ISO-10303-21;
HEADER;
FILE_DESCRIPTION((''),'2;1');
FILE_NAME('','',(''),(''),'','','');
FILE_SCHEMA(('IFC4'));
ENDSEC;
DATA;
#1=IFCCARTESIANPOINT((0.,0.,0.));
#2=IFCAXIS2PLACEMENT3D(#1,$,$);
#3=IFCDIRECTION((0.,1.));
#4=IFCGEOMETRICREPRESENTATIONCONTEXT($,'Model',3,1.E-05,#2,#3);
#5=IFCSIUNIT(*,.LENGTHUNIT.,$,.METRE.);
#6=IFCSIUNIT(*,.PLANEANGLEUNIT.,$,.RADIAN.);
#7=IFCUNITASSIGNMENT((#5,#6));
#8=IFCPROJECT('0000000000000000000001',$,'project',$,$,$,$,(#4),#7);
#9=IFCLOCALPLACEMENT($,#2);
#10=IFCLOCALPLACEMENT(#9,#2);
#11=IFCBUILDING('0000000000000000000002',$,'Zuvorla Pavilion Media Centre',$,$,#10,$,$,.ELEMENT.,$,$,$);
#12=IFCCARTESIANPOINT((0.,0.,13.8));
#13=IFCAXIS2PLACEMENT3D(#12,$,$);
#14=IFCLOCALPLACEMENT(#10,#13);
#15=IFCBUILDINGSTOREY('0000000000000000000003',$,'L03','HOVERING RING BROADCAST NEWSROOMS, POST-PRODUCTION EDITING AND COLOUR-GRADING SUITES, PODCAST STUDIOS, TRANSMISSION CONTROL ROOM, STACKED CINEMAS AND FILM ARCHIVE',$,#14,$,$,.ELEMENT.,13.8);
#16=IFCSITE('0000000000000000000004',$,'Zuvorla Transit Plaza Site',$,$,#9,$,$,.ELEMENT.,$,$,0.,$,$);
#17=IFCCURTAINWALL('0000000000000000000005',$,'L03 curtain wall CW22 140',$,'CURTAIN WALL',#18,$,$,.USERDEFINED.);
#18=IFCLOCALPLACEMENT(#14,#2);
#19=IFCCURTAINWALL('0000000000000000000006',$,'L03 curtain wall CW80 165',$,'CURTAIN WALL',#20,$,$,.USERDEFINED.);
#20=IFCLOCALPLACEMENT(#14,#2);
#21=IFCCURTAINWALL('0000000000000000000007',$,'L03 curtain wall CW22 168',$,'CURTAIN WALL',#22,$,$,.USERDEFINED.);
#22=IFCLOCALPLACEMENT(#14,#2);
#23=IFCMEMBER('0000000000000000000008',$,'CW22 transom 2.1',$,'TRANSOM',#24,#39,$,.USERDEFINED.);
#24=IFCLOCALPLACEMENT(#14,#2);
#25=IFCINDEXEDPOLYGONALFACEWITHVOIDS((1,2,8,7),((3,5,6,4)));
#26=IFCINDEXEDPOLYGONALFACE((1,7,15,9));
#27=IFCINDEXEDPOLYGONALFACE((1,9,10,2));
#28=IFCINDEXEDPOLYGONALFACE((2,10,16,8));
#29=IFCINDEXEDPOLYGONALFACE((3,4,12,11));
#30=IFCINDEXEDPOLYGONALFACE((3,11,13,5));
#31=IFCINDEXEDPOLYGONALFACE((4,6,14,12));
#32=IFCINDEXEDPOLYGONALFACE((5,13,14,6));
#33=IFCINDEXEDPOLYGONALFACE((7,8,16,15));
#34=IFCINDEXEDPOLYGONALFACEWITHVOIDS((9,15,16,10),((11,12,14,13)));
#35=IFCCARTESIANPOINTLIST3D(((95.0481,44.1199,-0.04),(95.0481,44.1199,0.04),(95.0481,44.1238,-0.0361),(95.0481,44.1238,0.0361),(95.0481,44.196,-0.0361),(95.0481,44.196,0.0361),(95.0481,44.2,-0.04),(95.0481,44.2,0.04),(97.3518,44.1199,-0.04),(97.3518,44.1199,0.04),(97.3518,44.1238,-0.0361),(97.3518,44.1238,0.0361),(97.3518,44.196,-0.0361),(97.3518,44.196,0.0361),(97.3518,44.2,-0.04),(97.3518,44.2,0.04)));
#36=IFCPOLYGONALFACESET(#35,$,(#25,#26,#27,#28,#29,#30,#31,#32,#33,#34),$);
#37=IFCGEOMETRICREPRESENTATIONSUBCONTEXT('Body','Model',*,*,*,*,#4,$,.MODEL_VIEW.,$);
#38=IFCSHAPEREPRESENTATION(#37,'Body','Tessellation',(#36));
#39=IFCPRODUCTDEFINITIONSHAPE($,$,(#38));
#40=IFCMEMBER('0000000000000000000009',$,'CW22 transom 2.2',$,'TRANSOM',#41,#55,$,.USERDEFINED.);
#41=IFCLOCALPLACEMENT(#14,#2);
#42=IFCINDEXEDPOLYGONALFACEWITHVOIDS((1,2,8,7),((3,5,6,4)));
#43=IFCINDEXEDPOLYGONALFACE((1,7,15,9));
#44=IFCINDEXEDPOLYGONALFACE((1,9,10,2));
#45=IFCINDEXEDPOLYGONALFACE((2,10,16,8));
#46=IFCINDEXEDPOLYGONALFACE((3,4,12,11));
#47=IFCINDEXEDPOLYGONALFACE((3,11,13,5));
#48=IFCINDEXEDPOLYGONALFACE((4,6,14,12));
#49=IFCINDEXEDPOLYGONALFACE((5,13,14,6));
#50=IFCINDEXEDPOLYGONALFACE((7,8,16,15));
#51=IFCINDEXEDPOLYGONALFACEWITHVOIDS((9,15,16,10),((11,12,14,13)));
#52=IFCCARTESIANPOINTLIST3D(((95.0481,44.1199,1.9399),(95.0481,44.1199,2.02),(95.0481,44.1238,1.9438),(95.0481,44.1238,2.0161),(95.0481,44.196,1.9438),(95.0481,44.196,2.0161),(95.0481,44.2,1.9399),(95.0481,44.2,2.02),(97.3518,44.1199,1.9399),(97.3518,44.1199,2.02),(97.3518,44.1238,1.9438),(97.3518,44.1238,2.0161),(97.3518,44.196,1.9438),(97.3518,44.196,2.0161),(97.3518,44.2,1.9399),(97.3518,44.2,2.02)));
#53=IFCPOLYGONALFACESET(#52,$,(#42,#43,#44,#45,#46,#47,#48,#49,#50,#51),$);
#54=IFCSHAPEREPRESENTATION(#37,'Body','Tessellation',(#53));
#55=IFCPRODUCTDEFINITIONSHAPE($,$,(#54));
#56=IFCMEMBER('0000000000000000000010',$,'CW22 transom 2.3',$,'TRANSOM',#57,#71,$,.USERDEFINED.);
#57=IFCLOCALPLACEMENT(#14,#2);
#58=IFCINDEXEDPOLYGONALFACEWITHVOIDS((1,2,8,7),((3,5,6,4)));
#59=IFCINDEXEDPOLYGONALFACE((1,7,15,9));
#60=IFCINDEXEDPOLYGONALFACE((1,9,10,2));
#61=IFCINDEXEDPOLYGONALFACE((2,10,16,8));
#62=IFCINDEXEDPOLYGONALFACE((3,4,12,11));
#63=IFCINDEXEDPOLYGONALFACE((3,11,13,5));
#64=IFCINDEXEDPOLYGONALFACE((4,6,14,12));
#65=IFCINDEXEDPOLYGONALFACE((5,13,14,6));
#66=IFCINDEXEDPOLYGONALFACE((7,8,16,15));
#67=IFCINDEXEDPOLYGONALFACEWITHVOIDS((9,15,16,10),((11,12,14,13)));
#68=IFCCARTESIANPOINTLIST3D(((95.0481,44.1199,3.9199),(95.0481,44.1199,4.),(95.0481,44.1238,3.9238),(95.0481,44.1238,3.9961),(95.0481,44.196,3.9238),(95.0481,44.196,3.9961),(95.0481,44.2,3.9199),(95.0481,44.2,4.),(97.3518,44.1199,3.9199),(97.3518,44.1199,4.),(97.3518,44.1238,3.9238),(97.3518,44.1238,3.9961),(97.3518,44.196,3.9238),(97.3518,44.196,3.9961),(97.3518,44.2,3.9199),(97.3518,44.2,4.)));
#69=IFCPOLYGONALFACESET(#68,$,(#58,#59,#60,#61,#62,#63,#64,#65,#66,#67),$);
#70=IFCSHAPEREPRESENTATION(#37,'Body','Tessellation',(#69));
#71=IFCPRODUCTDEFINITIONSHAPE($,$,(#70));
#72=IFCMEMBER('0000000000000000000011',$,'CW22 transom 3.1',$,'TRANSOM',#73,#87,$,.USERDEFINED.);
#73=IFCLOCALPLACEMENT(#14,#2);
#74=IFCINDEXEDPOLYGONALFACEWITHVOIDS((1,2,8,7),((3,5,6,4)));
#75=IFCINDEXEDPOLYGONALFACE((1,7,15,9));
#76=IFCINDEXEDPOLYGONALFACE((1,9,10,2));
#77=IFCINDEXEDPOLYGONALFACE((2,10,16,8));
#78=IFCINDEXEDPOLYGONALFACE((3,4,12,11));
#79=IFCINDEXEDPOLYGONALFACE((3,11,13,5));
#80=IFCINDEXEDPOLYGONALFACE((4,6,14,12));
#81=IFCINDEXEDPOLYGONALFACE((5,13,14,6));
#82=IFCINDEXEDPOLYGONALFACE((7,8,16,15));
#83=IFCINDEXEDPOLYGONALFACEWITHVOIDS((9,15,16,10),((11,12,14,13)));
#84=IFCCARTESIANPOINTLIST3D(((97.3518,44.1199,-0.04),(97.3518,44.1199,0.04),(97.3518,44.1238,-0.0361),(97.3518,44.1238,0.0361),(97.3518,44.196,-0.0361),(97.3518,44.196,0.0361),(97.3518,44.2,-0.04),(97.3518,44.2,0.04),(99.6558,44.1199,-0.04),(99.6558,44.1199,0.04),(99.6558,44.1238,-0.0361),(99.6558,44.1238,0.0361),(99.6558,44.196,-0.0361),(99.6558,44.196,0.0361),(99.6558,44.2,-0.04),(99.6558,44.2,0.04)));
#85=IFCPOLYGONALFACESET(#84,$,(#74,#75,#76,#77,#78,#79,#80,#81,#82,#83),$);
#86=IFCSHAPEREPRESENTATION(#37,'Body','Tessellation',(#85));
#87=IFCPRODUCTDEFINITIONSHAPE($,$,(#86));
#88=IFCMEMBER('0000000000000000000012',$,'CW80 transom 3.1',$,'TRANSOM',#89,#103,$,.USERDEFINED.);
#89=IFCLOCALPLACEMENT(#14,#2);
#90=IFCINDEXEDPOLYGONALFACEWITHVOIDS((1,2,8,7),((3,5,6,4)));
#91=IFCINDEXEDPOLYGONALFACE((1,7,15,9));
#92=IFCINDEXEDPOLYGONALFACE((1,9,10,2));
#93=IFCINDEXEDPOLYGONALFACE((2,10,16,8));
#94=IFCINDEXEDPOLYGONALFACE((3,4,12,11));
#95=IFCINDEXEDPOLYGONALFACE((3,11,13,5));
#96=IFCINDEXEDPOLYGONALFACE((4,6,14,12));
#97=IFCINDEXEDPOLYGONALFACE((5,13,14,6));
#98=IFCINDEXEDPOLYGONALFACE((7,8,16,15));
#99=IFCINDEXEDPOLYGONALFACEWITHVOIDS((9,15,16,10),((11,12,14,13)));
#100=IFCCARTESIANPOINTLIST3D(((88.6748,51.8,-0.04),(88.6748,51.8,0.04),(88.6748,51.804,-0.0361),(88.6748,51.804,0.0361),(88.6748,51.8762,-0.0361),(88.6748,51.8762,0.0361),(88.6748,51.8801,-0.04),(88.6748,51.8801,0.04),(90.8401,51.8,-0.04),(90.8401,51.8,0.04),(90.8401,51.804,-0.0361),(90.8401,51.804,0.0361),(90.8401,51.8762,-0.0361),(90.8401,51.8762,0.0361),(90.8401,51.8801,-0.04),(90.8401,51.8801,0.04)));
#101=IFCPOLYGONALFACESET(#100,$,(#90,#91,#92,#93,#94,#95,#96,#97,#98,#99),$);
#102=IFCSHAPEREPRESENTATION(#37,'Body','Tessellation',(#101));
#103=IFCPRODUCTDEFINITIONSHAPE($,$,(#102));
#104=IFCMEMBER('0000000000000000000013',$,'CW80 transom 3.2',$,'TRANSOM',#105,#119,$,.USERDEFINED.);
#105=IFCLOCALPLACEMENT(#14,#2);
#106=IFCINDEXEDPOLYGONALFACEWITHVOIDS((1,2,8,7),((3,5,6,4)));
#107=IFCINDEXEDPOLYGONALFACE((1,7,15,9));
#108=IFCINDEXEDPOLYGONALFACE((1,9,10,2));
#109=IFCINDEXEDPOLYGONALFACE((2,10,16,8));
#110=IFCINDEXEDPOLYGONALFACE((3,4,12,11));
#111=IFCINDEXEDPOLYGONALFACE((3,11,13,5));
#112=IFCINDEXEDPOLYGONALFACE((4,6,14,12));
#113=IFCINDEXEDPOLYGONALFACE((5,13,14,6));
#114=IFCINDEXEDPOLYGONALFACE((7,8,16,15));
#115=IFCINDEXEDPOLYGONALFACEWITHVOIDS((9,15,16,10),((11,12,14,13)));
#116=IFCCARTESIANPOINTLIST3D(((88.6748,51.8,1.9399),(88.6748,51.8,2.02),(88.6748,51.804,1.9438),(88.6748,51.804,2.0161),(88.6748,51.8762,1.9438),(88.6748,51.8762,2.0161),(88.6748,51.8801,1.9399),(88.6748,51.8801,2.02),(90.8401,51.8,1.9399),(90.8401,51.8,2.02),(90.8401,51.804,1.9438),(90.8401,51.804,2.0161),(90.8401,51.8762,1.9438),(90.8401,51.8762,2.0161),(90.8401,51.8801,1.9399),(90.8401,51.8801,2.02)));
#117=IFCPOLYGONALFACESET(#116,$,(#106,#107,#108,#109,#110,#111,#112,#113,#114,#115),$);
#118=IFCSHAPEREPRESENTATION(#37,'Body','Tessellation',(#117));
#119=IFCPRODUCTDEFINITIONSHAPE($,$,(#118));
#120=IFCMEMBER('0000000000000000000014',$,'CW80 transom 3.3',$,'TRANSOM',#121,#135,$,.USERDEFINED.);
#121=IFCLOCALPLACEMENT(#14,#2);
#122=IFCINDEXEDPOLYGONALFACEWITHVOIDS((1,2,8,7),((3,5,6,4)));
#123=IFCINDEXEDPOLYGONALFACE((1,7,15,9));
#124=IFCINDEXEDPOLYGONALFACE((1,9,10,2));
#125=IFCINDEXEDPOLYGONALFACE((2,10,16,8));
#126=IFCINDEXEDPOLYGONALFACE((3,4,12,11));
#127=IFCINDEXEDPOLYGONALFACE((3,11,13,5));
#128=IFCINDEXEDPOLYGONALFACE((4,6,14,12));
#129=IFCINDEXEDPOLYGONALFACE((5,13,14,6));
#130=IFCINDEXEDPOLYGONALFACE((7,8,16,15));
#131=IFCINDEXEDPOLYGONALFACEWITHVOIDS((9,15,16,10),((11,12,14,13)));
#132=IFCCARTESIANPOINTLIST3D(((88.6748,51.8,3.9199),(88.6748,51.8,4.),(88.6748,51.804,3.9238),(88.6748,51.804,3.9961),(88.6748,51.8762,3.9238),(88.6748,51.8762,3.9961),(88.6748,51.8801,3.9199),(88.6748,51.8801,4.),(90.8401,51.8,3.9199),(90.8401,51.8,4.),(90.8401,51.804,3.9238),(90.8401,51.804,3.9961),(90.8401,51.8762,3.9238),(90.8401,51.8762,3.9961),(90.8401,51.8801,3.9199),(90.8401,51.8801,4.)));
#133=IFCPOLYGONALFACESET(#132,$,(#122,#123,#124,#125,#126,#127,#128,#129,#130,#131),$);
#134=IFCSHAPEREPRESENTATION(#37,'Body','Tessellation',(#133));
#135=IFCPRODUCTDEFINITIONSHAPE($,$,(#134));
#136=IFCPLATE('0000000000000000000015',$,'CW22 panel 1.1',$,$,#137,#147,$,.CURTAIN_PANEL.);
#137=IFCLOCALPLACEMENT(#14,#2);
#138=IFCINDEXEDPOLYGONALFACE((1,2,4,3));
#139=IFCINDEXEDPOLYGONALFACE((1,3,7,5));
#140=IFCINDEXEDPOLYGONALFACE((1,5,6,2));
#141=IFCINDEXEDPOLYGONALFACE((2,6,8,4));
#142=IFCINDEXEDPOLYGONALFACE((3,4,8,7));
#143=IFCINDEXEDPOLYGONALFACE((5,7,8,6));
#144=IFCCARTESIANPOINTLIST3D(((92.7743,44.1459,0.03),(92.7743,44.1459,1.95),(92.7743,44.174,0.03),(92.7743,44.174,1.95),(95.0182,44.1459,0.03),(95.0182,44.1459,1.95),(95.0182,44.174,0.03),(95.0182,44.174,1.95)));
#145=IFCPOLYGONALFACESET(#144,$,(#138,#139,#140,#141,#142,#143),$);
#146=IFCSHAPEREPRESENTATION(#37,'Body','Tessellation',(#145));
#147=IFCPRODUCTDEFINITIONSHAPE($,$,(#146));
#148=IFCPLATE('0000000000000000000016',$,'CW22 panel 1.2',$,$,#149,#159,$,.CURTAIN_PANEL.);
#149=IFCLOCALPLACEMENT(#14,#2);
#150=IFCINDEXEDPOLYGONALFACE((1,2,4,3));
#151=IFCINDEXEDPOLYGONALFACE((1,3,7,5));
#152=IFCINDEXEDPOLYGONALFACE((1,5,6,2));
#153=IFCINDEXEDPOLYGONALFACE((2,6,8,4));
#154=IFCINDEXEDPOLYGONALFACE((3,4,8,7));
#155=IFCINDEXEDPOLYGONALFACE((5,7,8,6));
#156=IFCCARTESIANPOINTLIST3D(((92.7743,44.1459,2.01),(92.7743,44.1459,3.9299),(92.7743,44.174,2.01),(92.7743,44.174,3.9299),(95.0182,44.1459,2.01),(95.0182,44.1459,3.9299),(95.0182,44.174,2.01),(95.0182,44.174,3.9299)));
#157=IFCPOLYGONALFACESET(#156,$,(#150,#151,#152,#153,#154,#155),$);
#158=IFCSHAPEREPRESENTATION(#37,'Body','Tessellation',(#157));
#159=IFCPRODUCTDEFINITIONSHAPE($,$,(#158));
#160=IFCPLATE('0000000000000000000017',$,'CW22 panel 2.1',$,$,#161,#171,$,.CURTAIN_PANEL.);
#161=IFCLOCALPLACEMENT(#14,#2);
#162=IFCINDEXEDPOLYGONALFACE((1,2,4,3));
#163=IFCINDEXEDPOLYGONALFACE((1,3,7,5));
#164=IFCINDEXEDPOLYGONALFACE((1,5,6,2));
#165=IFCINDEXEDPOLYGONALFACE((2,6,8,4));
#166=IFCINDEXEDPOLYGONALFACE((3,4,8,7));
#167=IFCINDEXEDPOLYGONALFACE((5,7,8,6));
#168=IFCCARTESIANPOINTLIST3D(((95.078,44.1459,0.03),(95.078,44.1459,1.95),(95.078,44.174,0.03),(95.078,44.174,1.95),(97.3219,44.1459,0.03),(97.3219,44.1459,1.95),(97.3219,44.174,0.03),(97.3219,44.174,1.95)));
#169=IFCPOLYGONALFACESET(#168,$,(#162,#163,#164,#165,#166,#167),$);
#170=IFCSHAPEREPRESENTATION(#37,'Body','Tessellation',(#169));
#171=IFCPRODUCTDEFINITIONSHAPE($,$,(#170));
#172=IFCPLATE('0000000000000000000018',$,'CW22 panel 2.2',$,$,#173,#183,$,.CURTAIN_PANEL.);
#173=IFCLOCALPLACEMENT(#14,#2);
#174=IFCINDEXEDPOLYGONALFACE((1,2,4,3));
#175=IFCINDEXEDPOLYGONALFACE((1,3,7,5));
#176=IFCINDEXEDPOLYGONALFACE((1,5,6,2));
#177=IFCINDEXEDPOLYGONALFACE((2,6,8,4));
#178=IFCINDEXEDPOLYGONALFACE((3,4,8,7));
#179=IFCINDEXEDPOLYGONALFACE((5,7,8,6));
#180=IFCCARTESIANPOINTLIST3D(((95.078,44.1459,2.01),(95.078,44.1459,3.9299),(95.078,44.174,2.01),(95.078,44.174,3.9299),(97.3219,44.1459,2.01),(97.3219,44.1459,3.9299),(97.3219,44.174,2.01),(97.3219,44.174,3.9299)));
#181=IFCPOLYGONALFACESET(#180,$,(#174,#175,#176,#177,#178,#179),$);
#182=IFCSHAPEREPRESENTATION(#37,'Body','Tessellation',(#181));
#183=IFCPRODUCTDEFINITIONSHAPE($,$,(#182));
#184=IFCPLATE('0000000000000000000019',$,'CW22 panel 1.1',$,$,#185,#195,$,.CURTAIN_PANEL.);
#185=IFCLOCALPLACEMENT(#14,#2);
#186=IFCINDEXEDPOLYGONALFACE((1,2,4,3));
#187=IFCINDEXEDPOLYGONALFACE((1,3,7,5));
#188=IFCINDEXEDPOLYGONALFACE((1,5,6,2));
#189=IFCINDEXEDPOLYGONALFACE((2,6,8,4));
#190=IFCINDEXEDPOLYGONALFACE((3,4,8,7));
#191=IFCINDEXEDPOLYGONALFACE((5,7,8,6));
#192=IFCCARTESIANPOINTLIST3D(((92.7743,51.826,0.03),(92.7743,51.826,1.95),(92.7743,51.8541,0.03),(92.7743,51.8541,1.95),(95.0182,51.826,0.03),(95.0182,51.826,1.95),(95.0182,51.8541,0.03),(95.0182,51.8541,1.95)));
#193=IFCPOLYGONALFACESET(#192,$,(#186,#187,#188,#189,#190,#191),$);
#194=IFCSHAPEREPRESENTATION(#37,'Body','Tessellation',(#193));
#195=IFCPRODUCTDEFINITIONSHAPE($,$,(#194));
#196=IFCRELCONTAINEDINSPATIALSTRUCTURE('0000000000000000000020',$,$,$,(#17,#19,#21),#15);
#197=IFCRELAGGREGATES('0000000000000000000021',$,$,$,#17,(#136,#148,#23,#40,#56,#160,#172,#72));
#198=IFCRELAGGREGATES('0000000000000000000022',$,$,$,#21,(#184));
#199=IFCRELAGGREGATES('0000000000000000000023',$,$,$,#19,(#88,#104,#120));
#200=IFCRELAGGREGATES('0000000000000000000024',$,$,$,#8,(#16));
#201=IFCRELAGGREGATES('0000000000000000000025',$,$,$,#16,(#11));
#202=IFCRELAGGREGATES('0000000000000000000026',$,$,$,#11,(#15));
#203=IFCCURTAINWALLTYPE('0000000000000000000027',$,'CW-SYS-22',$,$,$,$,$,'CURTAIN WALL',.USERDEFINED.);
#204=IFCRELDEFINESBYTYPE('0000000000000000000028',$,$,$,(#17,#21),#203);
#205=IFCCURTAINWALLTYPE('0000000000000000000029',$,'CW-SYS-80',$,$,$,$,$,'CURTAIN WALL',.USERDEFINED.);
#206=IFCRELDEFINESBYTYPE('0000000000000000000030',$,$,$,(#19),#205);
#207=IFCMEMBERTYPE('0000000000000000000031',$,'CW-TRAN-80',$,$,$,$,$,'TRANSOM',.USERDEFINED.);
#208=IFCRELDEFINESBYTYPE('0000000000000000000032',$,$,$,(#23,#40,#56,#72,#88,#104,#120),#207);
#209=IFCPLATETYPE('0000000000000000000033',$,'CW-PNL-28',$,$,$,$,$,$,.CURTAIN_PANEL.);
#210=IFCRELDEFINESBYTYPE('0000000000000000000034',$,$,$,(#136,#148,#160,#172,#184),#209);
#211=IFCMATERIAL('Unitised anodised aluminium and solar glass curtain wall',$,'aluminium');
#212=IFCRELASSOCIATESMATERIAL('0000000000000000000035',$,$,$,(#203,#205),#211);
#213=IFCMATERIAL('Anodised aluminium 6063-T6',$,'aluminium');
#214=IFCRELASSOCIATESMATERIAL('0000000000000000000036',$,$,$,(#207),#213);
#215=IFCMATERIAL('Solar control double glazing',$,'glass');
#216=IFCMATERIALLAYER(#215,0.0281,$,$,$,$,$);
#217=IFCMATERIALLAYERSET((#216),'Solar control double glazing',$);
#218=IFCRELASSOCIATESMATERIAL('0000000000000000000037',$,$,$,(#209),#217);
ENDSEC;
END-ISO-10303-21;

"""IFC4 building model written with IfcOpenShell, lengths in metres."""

from ifc_helpers import new_model, si_unit, direction, frame, origin, origin_2d, place, context, subcontext, project, spatial, rectangle, hollow_rectangle, extrude, material, layer, layer_set, material_profile, profile_set, type_object, element, aggregate, save


model = new_model("IFC4")

# Units and contexts
model_context = context("Model", 3, precision=1e-05, world=origin(), true_north=direction((0.0, 1.0)))
body_context = subcontext(model_context, "Body", "Model", "MODEL_VIEW")
ifc_project = project(units=[si_unit("LENGTHUNIT", "METRE"), si_unit("PLANEANGLEUNIT", "RADIAN")], contexts=[model_context])

# Site, building, storey
site_placement = place(None, origin())
site = spatial("IfcSite", under=ifc_project, at=site_placement, Name="Zuvorla Transit Plaza Site", CompositionType="ELEMENT", RefElevation=0.0)
building_placement = place(site_placement, origin())
building = spatial("IfcBuilding", under=site, at=building_placement, Name="Zuvorla Pavilion Media Centre", CompositionType="ELEMENT")
storey_placement = place(building_placement, frame((0.0, 0.0, 13.8)))
storey = spatial("IfcBuildingStorey", under=building, at=storey_placement, Name="L03", Description="HOVERING RING BROADCAST NEWSROOMS, POST-PRODUCTION EDITING AND COLOUR-GRADING SUITES, PODCAST STUDIOS, TRANSMISSION CONTROL ROOM, STACKED CINEMAS AND FILM ARCHIVE", CompositionType="ELEMENT", Elevation=13.8)

# Curtain walls
ifc_material_1 = material(Name="Unitised anodised aluminium and solar glass curtain wall", Category="aluminium")
curtain_wall_type_1 = type_object("IfcCurtainWallType", Name="CW-SYS-22", ElementType="CURTAIN WALL", PredefinedType="USERDEFINED", material=ifc_material_1)
curtain_wall_1_placement = place(storey_placement, origin())
curtain_wall_1 = element("IfcCurtainWall", 1, at=curtain_wall_1_placement, inside=storey, type_object=curtain_wall_type_1, Name="L03 curtain wall CW22 140", ObjectType="CURTAIN WALL", PredefinedType="USERDEFINED")
ifc_material_2 = material(Name="Anodised aluminium 6063-T6", Category="aluminium")
curtain_wall_type_2 = type_object("IfcCurtainWallType", Name="CW-SYS-80", ElementType="CURTAIN WALL", PredefinedType="USERDEFINED", material=ifc_material_1)
curtain_wall_2_placement = place(storey_placement, origin())
curtain_wall_2 = element("IfcCurtainWall", 2, at=curtain_wall_2_placement, inside=storey, type_object=curtain_wall_type_2, Name="L03 curtain wall CW80 165", ObjectType="CURTAIN WALL", PredefinedType="USERDEFINED")
curtain_wall_3_placement = place(storey_placement, origin())
curtain_wall_3 = element("IfcCurtainWall", 3, at=curtain_wall_3_placement, inside=storey, type_object=curtain_wall_type_1, Name="L03 curtain wall CW22 168", ObjectType="CURTAIN WALL", PredefinedType="USERDEFINED")

# Members
ifc_material_profile_1 = material_profile(ifc_material_2, hollow_rectangle(XDim=0.0801, YDim=0.0801, WallThickness=0.0039, at=origin_2d()), Name="ALU TRAN 80x80")
ifc_profile_set_1 = profile_set([ifc_material_profile_1], Name="Anodised aluminium 6063-T6")
member_type_1 = type_object("IfcMemberType", Name="CW-TRAN-80", ElementType="TRANSOM", PredefinedType="USERDEFINED", material=ifc_profile_set_1)
member_1_placement = place(storey_placement, frame((95.0481, 44.1599, 0.0), z_axis=(1.0, 0.0, 0.0), x_axis=(0.0, 1.0, 0.0)))
member_1 = element("IfcMember", 4, at=member_1_placement, type_object=member_type_1, Name="CW22 transom 2.1", ObjectType="TRANSOM", PredefinedType="USERDEFINED", context=body_context, shape_type="SweptSolid", body=[
    extrude(hollow_rectangle(XDim=0.0801, YDim=0.0801, WallThickness=0.0039, at=origin_2d()), origin(), (0.0, 0.0, 1.0), 2.3037),
])
member_2_placement = place(storey_placement, frame((95.0481, 44.1599, 1.98), z_axis=(1.0, 0.0, 0.0), x_axis=(0.0, 1.0, 0.0)))
member_2 = element("IfcMember", 5, at=member_2_placement, type_object=member_type_1, Name="CW22 transom 2.2", ObjectType="TRANSOM", PredefinedType="USERDEFINED", context=body_context, shape_type="SweptSolid", body=[
    extrude(hollow_rectangle(XDim=0.0801, YDim=0.0801, WallThickness=0.0039, at=origin_2d()), origin(), (0.0, 0.0, 1.0), 2.3037),
])
member_3_placement = place(storey_placement, frame((95.0481, 44.1599, 3.96), z_axis=(1.0, 0.0, 0.0), x_axis=(0.0, 1.0, 0.0)))
member_3 = element("IfcMember", 6, at=member_3_placement, type_object=member_type_1, Name="CW22 transom 2.3", ObjectType="TRANSOM", PredefinedType="USERDEFINED", context=body_context, shape_type="SweptSolid", body=[
    extrude(hollow_rectangle(XDim=0.0801, YDim=0.0801, WallThickness=0.0039, at=origin_2d()), origin(), (0.0, 0.0, 1.0), 2.3037),
])
member_4_placement = place(storey_placement, frame((97.3518, 44.1599, 0.0), z_axis=(1.0, 0.0, 0.0), x_axis=(0.0, 1.0, 0.0)))
member_4 = element("IfcMember", 7, at=member_4_placement, type_object=member_type_1, Name="CW22 transom 3.1", ObjectType="TRANSOM", PredefinedType="USERDEFINED", context=body_context, shape_type="SweptSolid", body=[
    extrude(hollow_rectangle(XDim=0.0801, YDim=0.0801, WallThickness=0.0039, at=origin_2d()), origin(), (0.0, 0.0, 1.0), 2.304),
])
member_5_placement = place(storey_placement, frame((88.6748, 51.8401, 0.0), z_axis=(1.0, 0.0, 0.0), x_axis=(0.0, 1.0, 0.0)))
member_5 = element("IfcMember", 8, at=member_5_placement, type_object=member_type_1, Name="CW80 transom 3.1", ObjectType="TRANSOM", PredefinedType="USERDEFINED", context=body_context, shape_type="SweptSolid", body=[
    extrude(hollow_rectangle(XDim=0.0801, YDim=0.0801, WallThickness=0.0039, at=origin_2d()), origin(), (0.0, 0.0, 1.0), 2.1653),
])
member_6_placement = place(storey_placement, frame((88.6748, 51.8401, 1.98), z_axis=(1.0, 0.0, 0.0), x_axis=(0.0, 1.0, 0.0)))
member_6 = element("IfcMember", 9, at=member_6_placement, type_object=member_type_1, Name="CW80 transom 3.2", ObjectType="TRANSOM", PredefinedType="USERDEFINED", context=body_context, shape_type="SweptSolid", body=[
    extrude(hollow_rectangle(XDim=0.0801, YDim=0.0801, WallThickness=0.0039, at=origin_2d()), origin(), (0.0, 0.0, 1.0), 2.1653),
])
member_7_placement = place(storey_placement, frame((88.6748, 51.8401, 3.96), z_axis=(1.0, 0.0, 0.0), x_axis=(0.0, 1.0, 0.0)))
member_7 = element("IfcMember", 10, at=member_7_placement, type_object=member_type_1, Name="CW80 transom 3.3", ObjectType="TRANSOM", PredefinedType="USERDEFINED", context=body_context, shape_type="SweptSolid", body=[
    extrude(hollow_rectangle(XDim=0.0801, YDim=0.0801, WallThickness=0.0039, at=origin_2d()), origin(), (0.0, 0.0, 1.0), 2.1653),
])

# Plates
ifc_material_3 = material(Name="Solar control double glazing", Category="glass")
ifc_layer_1 = layer(ifc_material_3, 0.0281)
ifc_layer_set_1 = layer_set([ifc_layer_1], Name="Solar control double glazing")
plate_type_1 = type_object("IfcPlateType", Name="CW-PNL-28", PredefinedType="CURTAIN_PANEL", material=ifc_layer_set_1)
plate_1_placement = place(storey_placement, frame((93.8962, 44.1599, 0.03), z_axis=(0.0, 0.0, 1.0), x_axis=(1.0, 0.0, 0.0)))
plate_1 = element("IfcPlate", 11, at=plate_1_placement, type_object=plate_type_1, Name="CW22 panel 1.1", PredefinedType="CURTAIN_PANEL", context=body_context, shape_type="SweptSolid", body=[
    extrude(rectangle(XDim=2.2439, YDim=0.0281, at=origin_2d()), origin(), (0.0, 0.0, 1.0), 1.9199),
])
plate_2_placement = place(storey_placement, frame((93.8962, 44.1599, 2.01), z_axis=(0.0, 0.0, 1.0), x_axis=(1.0, 0.0, 0.0)))
plate_2 = element("IfcPlate", 12, at=plate_2_placement, type_object=plate_type_1, Name="CW22 panel 1.2", PredefinedType="CURTAIN_PANEL", context=body_context, shape_type="SweptSolid", body=[
    extrude(rectangle(XDim=2.2439, YDim=0.0281, at=origin_2d()), origin(), (0.0, 0.0, 1.0), 1.9199),
])
plate_3_placement = place(storey_placement, frame((96.2, 44.1599, 0.03), z_axis=(0.0, 0.0, 1.0), x_axis=(1.0, 0.0, 0.0)))
plate_3 = element("IfcPlate", 13, at=plate_3_placement, type_object=plate_type_1, Name="CW22 panel 2.1", PredefinedType="CURTAIN_PANEL", context=body_context, shape_type="SweptSolid", body=[
    extrude(rectangle(XDim=2.2439, YDim=0.0281, at=origin_2d()), origin(), (0.0, 0.0, 1.0), 1.9199),
])
plate_4_placement = place(storey_placement, frame((96.2, 44.1599, 2.01), z_axis=(0.0, 0.0, 1.0), x_axis=(1.0, 0.0, 0.0)))
plate_4 = element("IfcPlate", 14, at=plate_4_placement, type_object=plate_type_1, Name="CW22 panel 2.2", PredefinedType="CURTAIN_PANEL", context=body_context, shape_type="SweptSolid", body=[
    extrude(rectangle(XDim=2.2439, YDim=0.0281, at=origin_2d()), origin(), (0.0, 0.0, 1.0), 1.9199),
])
aggregate(curtain_wall_1, [plate_1, plate_2, member_1, member_2, member_3, plate_3, plate_4, member_4])
plate_5_placement = place(storey_placement, frame((93.8962, 51.8401, 0.03), z_axis=(0.0, 0.0, 1.0), x_axis=(1.0, 0.0, 0.0)))
plate_5 = element("IfcPlate", 15, at=plate_5_placement, type_object=plate_type_1, Name="CW22 panel 1.1", PredefinedType="CURTAIN_PANEL", context=body_context, shape_type="SweptSolid", body=[
    extrude(rectangle(XDim=2.2439, YDim=0.0281, at=origin_2d()), origin(), (0.0, 0.0, 1.0), 1.9199),
])
aggregate(curtain_wall_3, [plate_5])
aggregate(curtain_wall_2, [member_5, member_6, member_7])

save(model, "model.ifc")
